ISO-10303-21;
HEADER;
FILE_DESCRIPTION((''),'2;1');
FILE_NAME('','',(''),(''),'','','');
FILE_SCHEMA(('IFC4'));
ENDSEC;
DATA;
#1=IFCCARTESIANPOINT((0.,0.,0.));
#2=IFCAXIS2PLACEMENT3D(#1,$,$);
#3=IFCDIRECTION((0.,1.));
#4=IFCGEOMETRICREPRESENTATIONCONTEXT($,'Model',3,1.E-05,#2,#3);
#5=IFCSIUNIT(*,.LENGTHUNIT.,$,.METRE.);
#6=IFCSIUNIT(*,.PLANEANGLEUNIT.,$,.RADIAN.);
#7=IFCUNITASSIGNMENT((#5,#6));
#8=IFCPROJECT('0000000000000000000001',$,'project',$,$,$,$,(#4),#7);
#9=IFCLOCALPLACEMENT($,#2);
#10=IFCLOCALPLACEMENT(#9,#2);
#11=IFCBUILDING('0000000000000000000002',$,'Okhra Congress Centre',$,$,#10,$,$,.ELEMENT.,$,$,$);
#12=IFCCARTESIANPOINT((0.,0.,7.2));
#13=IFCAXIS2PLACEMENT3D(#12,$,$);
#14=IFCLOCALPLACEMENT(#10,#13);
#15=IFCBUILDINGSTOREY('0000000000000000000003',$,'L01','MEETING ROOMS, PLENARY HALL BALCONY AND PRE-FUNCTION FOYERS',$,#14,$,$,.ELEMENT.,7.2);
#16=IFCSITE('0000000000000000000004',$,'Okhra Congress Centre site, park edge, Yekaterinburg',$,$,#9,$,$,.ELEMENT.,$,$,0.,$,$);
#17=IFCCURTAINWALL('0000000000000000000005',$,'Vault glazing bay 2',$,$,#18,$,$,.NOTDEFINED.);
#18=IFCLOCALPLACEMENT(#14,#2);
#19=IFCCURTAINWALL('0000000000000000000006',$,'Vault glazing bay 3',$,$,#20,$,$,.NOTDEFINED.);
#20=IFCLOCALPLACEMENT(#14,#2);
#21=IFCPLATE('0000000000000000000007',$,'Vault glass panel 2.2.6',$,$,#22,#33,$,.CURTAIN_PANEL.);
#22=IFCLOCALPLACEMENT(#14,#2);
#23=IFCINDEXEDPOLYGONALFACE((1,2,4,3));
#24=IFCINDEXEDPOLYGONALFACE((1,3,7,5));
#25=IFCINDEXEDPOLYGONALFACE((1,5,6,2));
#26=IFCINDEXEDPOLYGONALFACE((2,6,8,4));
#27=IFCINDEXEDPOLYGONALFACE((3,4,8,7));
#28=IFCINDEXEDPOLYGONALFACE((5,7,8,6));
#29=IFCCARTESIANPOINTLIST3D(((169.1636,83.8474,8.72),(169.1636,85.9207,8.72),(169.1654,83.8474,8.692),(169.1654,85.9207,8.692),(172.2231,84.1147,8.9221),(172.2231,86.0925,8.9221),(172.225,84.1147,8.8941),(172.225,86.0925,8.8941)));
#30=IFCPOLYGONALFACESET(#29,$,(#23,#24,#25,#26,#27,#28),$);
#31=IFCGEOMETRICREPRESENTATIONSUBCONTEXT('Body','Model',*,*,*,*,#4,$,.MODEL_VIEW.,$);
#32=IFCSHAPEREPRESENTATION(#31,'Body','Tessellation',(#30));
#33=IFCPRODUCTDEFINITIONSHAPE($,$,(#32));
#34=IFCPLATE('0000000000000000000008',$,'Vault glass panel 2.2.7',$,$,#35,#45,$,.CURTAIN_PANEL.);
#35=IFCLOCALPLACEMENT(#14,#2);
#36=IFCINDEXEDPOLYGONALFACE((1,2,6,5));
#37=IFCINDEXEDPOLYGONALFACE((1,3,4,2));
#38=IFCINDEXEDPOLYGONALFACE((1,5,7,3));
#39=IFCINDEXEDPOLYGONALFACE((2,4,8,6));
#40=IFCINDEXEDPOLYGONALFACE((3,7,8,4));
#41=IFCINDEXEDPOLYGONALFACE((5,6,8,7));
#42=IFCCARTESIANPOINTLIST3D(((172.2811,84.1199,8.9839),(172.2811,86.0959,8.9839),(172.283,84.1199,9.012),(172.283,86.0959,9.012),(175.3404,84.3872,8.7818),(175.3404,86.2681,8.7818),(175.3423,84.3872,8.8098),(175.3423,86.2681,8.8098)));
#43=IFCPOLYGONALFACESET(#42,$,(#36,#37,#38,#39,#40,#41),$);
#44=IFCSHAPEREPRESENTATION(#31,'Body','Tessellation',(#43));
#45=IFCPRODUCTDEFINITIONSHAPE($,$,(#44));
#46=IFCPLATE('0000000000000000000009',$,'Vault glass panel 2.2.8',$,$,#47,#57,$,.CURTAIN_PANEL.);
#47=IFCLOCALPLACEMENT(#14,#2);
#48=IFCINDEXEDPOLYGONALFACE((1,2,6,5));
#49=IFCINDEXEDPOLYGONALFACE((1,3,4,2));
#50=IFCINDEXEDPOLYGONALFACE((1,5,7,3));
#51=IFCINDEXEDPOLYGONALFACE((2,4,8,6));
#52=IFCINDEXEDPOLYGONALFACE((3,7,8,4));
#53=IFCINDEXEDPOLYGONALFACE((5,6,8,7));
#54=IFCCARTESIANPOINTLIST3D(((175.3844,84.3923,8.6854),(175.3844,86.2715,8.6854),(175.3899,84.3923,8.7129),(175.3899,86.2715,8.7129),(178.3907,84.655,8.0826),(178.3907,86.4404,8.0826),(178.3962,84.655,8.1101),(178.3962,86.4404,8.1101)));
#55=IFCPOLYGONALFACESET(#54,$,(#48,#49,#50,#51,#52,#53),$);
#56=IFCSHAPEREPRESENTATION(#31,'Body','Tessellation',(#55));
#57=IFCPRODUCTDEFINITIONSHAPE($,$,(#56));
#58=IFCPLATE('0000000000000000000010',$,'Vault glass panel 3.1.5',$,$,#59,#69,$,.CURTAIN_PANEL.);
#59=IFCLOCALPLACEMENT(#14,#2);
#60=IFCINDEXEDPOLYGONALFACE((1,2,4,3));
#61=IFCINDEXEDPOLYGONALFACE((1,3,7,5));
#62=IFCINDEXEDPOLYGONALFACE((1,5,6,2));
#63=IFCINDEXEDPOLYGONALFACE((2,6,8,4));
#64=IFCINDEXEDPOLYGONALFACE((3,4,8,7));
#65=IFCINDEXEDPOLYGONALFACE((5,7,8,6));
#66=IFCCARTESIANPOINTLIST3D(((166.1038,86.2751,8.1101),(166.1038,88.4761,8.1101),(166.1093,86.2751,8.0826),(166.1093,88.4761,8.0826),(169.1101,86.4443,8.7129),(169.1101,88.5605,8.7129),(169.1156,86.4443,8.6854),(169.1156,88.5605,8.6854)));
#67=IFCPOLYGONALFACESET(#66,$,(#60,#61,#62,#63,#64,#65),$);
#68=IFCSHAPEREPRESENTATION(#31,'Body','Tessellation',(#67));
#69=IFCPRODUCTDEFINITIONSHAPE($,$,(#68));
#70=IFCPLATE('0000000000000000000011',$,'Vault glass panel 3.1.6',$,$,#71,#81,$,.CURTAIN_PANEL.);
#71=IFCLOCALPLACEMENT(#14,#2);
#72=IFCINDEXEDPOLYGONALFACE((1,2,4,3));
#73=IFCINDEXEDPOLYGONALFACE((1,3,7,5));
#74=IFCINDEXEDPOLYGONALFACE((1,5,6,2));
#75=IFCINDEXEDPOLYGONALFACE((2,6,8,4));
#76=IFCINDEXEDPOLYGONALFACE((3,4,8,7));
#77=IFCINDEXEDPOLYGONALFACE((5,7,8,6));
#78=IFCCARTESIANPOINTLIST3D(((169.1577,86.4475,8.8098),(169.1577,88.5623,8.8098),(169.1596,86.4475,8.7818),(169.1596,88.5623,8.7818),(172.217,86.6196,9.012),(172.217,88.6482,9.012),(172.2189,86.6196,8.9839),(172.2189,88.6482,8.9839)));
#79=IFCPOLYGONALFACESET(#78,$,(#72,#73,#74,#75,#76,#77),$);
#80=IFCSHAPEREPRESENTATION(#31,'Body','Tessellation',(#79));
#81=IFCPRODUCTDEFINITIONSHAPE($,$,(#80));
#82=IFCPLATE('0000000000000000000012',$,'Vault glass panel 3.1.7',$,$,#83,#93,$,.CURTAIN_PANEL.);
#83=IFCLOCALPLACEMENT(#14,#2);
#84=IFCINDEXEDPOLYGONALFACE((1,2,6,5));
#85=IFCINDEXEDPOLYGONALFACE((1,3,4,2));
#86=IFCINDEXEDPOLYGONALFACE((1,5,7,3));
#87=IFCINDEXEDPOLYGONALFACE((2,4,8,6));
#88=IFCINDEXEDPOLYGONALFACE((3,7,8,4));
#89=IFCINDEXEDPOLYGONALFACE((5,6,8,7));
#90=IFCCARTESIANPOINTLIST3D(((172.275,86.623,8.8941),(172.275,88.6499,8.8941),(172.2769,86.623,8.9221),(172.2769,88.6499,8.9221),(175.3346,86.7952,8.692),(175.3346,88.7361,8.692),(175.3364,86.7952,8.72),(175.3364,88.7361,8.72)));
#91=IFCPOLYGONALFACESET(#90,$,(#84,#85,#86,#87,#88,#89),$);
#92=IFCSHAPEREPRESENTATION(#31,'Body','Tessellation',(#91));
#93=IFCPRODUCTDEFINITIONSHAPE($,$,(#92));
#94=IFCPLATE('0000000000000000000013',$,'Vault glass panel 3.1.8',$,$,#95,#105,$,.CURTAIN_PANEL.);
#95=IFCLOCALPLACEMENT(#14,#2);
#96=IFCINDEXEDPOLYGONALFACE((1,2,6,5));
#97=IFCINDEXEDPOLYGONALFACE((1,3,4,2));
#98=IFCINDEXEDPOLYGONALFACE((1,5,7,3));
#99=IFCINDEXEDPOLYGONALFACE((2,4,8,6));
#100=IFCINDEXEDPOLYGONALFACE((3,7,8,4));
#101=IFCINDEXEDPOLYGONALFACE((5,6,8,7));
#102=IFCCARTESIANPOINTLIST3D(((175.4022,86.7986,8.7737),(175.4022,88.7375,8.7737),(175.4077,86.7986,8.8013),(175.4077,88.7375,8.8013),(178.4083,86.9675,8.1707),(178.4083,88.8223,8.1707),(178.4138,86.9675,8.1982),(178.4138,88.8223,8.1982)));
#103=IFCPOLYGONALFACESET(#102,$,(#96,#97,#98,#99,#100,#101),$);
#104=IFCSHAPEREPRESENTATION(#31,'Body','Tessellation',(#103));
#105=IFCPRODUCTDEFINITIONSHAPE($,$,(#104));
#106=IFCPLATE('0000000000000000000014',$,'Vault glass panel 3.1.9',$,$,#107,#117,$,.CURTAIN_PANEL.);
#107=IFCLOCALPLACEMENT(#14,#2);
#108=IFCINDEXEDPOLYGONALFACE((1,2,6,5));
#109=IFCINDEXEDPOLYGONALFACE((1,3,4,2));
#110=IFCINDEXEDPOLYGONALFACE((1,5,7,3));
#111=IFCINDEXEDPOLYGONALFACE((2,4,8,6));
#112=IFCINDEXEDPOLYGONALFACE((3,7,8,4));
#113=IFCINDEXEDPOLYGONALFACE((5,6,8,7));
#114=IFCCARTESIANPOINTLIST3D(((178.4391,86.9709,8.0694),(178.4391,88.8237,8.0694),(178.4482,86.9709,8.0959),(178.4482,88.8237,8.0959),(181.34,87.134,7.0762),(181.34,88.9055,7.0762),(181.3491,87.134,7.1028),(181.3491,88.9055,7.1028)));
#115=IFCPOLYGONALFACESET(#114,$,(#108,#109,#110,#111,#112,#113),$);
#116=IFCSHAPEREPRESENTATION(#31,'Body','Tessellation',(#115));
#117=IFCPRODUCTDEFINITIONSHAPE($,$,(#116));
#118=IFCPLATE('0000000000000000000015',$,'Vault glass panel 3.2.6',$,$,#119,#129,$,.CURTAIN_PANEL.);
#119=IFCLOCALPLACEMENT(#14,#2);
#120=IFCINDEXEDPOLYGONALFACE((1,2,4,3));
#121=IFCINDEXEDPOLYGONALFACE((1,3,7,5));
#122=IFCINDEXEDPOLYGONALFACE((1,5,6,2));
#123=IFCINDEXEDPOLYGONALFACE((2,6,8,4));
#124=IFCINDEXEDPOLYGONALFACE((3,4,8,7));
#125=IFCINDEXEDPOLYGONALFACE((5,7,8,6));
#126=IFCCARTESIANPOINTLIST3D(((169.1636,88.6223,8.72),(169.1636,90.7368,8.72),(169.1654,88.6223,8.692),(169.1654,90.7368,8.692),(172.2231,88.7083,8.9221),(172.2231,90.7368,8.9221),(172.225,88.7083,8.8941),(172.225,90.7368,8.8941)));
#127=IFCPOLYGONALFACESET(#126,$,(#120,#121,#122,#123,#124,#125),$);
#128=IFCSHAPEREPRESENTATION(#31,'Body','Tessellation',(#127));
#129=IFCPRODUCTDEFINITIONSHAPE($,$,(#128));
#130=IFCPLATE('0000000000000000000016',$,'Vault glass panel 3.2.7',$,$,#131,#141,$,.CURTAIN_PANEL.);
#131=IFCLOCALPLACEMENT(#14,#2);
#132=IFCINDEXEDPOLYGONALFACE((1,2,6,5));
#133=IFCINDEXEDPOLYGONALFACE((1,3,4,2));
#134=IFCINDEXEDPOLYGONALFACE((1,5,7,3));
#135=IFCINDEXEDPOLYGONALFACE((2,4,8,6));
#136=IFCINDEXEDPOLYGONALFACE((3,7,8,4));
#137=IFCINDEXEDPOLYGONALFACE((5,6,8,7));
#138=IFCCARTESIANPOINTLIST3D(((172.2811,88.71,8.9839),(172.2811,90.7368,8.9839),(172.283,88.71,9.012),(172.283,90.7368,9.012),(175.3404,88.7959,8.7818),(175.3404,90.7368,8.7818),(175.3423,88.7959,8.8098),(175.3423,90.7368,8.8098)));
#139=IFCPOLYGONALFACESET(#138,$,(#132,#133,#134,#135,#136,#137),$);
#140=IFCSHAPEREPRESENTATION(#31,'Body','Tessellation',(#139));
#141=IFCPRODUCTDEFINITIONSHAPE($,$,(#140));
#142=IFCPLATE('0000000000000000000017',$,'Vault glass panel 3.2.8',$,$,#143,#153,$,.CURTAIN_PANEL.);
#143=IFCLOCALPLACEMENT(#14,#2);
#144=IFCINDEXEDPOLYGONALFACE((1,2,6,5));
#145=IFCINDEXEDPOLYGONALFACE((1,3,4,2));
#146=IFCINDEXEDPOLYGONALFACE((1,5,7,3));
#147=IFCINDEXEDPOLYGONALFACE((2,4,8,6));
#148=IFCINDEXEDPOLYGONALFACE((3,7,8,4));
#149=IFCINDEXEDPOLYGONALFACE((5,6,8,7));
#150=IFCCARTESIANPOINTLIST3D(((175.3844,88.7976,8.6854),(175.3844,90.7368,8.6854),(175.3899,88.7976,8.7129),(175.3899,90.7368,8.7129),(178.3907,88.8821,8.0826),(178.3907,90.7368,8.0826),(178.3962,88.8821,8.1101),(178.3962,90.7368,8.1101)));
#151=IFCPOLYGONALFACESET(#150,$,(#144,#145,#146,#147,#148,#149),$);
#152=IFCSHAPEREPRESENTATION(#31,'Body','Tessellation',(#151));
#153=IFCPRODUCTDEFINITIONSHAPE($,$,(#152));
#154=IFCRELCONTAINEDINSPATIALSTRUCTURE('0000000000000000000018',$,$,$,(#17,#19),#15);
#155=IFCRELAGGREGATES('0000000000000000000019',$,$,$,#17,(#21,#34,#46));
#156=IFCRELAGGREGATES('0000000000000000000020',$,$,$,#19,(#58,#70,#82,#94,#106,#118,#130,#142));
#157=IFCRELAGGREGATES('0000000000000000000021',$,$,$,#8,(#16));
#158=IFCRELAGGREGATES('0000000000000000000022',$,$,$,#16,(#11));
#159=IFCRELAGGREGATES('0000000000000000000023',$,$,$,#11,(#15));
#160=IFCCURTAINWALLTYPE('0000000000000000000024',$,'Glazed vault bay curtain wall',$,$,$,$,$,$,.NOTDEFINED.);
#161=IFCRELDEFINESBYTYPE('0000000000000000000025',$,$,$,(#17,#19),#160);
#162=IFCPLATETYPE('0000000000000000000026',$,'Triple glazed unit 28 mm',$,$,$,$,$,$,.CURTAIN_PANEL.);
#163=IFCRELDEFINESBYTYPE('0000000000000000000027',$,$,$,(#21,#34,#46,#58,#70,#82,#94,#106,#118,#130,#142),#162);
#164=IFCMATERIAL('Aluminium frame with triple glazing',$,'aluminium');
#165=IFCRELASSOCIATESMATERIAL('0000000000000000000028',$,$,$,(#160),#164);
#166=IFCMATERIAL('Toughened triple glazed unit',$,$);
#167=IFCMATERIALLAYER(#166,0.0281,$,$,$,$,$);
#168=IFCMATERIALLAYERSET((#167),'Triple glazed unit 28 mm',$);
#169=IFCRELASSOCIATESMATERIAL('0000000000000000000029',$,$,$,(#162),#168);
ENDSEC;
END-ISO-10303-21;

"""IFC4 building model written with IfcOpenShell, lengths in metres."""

from ifc_helpers import new_model, si_unit, direction, frame, origin, place, context, subcontext, project, spatial, polyline, outline, extrude, material, layer, layer_set, type_object, element, aggregate, save


model = new_model("IFC4")

# Units and contexts
model_context = context("Model", 3, precision=1e-05, world=origin(), true_north=direction((0.0, 1.0)))
body_context = subcontext(model_context, "Body", "Model", "MODEL_VIEW")
ifc_project = project(units=[si_unit("LENGTHUNIT", "METRE"), si_unit("PLANEANGLEUNIT", "RADIAN")], contexts=[model_context])

# Site, building, storey
site_placement = place(None, origin())
site = spatial("IfcSite", under=ifc_project, at=site_placement, Name="Okhra Congress Centre site, park edge, Yekaterinburg", CompositionType="ELEMENT", RefElevation=0.0)
building_placement = place(site_placement, origin())
building = spatial("IfcBuilding", under=site, at=building_placement, Name="Okhra Congress Centre", CompositionType="ELEMENT")
storey_placement = place(building_placement, frame((0.0, 0.0, 7.2)))
storey = spatial("IfcBuildingStorey", under=building, at=storey_placement, Name="L01", Description="MEETING ROOMS, PLENARY HALL BALCONY AND PRE-FUNCTION FOYERS", CompositionType="ELEMENT", Elevation=7.2)

# Curtain walls
ifc_material_1 = material(Name="Aluminium frame with triple glazing", Category="aluminium")
curtain_wall_type = type_object("IfcCurtainWallType", Name="Glazed vault bay curtain wall", PredefinedType="NOTDEFINED", material=ifc_material_1)
curtain_wall_1_placement = place(storey_placement, origin())
curtain_wall_1 = element("IfcCurtainWall", 1, at=curtain_wall_1_placement, inside=storey, type_object=curtain_wall_type, Name="Vault glazing bay 2", PredefinedType="NOTDEFINED")
curtain_wall_2_placement = place(storey_placement, origin())
curtain_wall_2 = element("IfcCurtainWall", 2, at=curtain_wall_2_placement, inside=storey, type_object=curtain_wall_type, Name="Vault glazing bay 3", PredefinedType="NOTDEFINED")

# Plates
ifc_material_2 = material(Name="Toughened triple glazed unit")
ifc_layer = layer(ifc_material_2, 0.0281)
ifc_layer_set = layer_set([ifc_layer], Name="Triple glazed unit 28 mm")
plate_type = type_object("IfcPlateType", Name="Triple glazed unit 28 mm", PredefinedType="CURTAIN_PANEL", material=ifc_layer_set)
plate_1_placement = place(storey_placement, frame((169.1636, 83.8474, 8.72), z_axis=(-0.065927, 0.0, 0.997824), x_axis=(0.994053, 0.086857, 0.065678)))
plate_1 = element("IfcPlate", 3, at=plate_1_placement, type_object=plate_type, Name="Vault glass panel 2.2.6", PredefinedType="CURTAIN_PANEL", context=body_context, shape_type="SweptSolid", body=[
    extrude(outline(polyline([(0.0, 0.0), (3.0779, 0.0), (3.2497, 1.9703), (0.1801, 2.0654), (0.0, 0.0)])), origin(), (0.0, 0.0, -1.0), 0.0281),
])
plate_2_placement = place(storey_placement, frame((172.283, 84.1199, 9.012), z_axis=(0.065932, 0.0, 0.997824), x_axis=(0.994053, 0.086864, -0.065683)))
plate_2 = element("IfcPlate", 4, at=plate_2_placement, type_object=plate_type, Name="Vault glass panel 2.2.7", PredefinedType="CURTAIN_PANEL", context=body_context, shape_type="SweptSolid", body=[
    extrude(outline(polyline([(0.0, 0.0), (3.0776, 0.0), (3.241, 1.8738), (0.1716, 1.9686), (0.0, 0.0)])), origin(), (0.0, 0.0, -1.0), 0.0281),
])
plate_3_placement = place(storey_placement, frame((175.3899, 84.3923, 8.7129), z_axis=(0.196591, 0.0, 0.980486), x_axis=(0.976907, 0.085362, -0.195873)))
plate_3 = element("IfcPlate", 5, at=plate_3_placement, type_object=plate_type, Name="Vault glass panel 2.2.8", PredefinedType="CURTAIN_PANEL", context=body_context, shape_type="SweptSolid", body=[
    extrude(outline(polyline([(0.0, 0.0), (3.0774, 0.0), (3.2298, 1.7789), (0.1604, 1.8723), (0.0, 0.0)])), origin(), (0.0, 0.0, -1.0), 0.0281),
])
aggregate(curtain_wall_1, [plate_1, plate_2, plate_3])
plate_4_placement = place(storey_placement, frame((166.1038, 86.2751, 8.1101), z_axis=(-0.196591, 0.0, 0.980486), x_axis=(0.978996, 0.055095, 0.196292)))
plate_4 = element("IfcPlate", 6, at=plate_4_placement, type_object=plate_type, Name="Vault glass panel 3.1.5", PredefinedType="CURTAIN_PANEL", context=body_context, shape_type="SweptSolid", body=[
    extrude(outline(polyline([(0.0, 0.0), (3.0708, 0.0), (3.1874, 2.113), (0.1213, 2.1976), (0.0, 0.0)])), origin(), (0.0, 0.0, -1.0), 0.0281),
])
plate_5_placement = place(storey_placement, frame((169.1577, 86.4475, 8.8098), z_axis=(-0.065932, 0.0, 0.997824), x_axis=(0.996255, 0.05605, 0.065829)))
plate_5 = element("IfcPlate", 7, at=plate_5_placement, type_object=plate_type, Name="Vault glass panel 3.1.6", PredefinedType="CURTAIN_PANEL", context=body_context, shape_type="SweptSolid", body=[
    extrude(outline(polyline([(0.0, 0.0), (3.0708, 0.0), (3.1845, 2.0254), (0.1185, 2.1114), (0.0, 0.0)])), origin(), (0.0, 0.0, -1.0), 0.0281),
])
plate_6_placement = place(storey_placement, frame((172.2769, 86.623, 8.9221), z_axis=(0.065927, 0.0, 0.997824), x_axis=(0.996256, 0.056045, -0.065823)))
plate_6 = element("IfcPlate", 8, at=plate_6_placement, type_object=plate_type, Name="Vault glass panel 3.1.7", PredefinedType="CURTAIN_PANEL", context=body_context, shape_type="SweptSolid", body=[
    extrude(outline(polyline([(0.0, 0.0), (3.0711, 0.0), (3.1798, 1.9379), (0.1136, 2.0237), (0.0, 0.0)])), origin(), (0.0, 0.0, -1.0), 0.0281),
])
plate_7_placement = place(storey_placement, frame((175.4077, 86.7986, 8.8013), z_axis=(0.196683, 0.0, 0.980467), x_axis=(0.978982, 0.05502, -0.196385)))
plate_7 = element("IfcPlate", 9, at=plate_7_placement, type_object=plate_type, Name="Vault glass panel 3.1.8", PredefinedType="CURTAIN_PANEL", context=body_context, shape_type="SweptSolid", body=[
    extrude(outline(polyline([(0.0, 0.0), (3.0706, 0.0), (3.1727, 1.8519), (0.1067, 1.936), (0.0, 0.0)])), origin(), (0.0, 0.0, -1.0), 0.0281),
])
plate_8_placement = place(storey_placement, frame((178.4482, 86.9709, 8.0959), z_axis=(0.323909, 0.0, 0.946088), x_axis=(0.944753, 0.053114, -0.323452)))
plate_8 = element("IfcPlate", 10, at=plate_8_placement, type_object=plate_type, Name="Vault glass panel 3.1.9", PredefinedType="CURTAIN_PANEL", context=body_context, shape_type="SweptSolid", body=[
    extrude(outline(polyline([(0.0, 0.0), (3.0705, 0.0), (3.1646, 1.769), (0.0984, 1.8502), (0.0, 0.0)])), origin(), (0.0, 0.0, -1.0), 0.0281),
])
plate_9_placement = place(storey_placement, frame((169.1636, 88.6223, 8.72), z_axis=(-0.065927, 0.0, 0.997824), x_axis=(0.997433, 0.028016, 0.065901)))
plate_9 = element("IfcPlate", 11, at=plate_9_placement, type_object=plate_type, Name="Vault glass panel 3.2.6", PredefinedType="CURTAIN_PANEL", context=body_context, shape_type="SweptSolid", body=[
    extrude(outline(polyline([(0.0, 0.0), (3.0674, 0.0), (3.1243, 2.0278), (0.0592, 2.1137), (0.0, 0.0)])), origin(), (0.0, 0.0, -1.0), 0.0281),
])
plate_10_placement = place(storey_placement, frame((172.283, 88.71, 9.012), z_axis=(0.065932, 0.0, 0.997824), x_axis=(0.997432, 0.028018, -0.065906)))
plate_10 = element("IfcPlate", 12, at=plate_10_placement, type_object=plate_type, Name="Vault glass panel 3.2.7", PredefinedType="CURTAIN_PANEL", context=body_context, shape_type="SweptSolid", body=[
    extrude(outline(polyline([(0.0, 0.0), (3.0672, 0.0), (3.1216, 1.9402), (0.0568, 2.0261), (0.0, 0.0)])), origin(), (0.0, 0.0, -1.0), 0.0281),
])
plate_11_placement = place(storey_placement, frame((175.3899, 88.7976, 8.7129), z_axis=(0.196591, 0.0, 0.980486), x_axis=(0.980114, 0.027539, -0.196516)))
plate_11 = element("IfcPlate", 13, at=plate_11_placement, type_object=plate_type, Name="Vault glass panel 3.2.8", PredefinedType="CURTAIN_PANEL", context=body_context, shape_type="SweptSolid", body=[
    extrude(outline(polyline([(0.0, 0.0), (3.0673, 0.0), (3.1184, 1.854), (0.0534, 1.9385), (0.0, 0.0)])), origin(), (0.0, 0.0, -1.0), 0.0281),
])
aggregate(curtain_wall_2, [plate_4, plate_5, plate_6, plate_7, plate_8, plate_9, plate_10, plate_11])

save(model, "model.ifc")
